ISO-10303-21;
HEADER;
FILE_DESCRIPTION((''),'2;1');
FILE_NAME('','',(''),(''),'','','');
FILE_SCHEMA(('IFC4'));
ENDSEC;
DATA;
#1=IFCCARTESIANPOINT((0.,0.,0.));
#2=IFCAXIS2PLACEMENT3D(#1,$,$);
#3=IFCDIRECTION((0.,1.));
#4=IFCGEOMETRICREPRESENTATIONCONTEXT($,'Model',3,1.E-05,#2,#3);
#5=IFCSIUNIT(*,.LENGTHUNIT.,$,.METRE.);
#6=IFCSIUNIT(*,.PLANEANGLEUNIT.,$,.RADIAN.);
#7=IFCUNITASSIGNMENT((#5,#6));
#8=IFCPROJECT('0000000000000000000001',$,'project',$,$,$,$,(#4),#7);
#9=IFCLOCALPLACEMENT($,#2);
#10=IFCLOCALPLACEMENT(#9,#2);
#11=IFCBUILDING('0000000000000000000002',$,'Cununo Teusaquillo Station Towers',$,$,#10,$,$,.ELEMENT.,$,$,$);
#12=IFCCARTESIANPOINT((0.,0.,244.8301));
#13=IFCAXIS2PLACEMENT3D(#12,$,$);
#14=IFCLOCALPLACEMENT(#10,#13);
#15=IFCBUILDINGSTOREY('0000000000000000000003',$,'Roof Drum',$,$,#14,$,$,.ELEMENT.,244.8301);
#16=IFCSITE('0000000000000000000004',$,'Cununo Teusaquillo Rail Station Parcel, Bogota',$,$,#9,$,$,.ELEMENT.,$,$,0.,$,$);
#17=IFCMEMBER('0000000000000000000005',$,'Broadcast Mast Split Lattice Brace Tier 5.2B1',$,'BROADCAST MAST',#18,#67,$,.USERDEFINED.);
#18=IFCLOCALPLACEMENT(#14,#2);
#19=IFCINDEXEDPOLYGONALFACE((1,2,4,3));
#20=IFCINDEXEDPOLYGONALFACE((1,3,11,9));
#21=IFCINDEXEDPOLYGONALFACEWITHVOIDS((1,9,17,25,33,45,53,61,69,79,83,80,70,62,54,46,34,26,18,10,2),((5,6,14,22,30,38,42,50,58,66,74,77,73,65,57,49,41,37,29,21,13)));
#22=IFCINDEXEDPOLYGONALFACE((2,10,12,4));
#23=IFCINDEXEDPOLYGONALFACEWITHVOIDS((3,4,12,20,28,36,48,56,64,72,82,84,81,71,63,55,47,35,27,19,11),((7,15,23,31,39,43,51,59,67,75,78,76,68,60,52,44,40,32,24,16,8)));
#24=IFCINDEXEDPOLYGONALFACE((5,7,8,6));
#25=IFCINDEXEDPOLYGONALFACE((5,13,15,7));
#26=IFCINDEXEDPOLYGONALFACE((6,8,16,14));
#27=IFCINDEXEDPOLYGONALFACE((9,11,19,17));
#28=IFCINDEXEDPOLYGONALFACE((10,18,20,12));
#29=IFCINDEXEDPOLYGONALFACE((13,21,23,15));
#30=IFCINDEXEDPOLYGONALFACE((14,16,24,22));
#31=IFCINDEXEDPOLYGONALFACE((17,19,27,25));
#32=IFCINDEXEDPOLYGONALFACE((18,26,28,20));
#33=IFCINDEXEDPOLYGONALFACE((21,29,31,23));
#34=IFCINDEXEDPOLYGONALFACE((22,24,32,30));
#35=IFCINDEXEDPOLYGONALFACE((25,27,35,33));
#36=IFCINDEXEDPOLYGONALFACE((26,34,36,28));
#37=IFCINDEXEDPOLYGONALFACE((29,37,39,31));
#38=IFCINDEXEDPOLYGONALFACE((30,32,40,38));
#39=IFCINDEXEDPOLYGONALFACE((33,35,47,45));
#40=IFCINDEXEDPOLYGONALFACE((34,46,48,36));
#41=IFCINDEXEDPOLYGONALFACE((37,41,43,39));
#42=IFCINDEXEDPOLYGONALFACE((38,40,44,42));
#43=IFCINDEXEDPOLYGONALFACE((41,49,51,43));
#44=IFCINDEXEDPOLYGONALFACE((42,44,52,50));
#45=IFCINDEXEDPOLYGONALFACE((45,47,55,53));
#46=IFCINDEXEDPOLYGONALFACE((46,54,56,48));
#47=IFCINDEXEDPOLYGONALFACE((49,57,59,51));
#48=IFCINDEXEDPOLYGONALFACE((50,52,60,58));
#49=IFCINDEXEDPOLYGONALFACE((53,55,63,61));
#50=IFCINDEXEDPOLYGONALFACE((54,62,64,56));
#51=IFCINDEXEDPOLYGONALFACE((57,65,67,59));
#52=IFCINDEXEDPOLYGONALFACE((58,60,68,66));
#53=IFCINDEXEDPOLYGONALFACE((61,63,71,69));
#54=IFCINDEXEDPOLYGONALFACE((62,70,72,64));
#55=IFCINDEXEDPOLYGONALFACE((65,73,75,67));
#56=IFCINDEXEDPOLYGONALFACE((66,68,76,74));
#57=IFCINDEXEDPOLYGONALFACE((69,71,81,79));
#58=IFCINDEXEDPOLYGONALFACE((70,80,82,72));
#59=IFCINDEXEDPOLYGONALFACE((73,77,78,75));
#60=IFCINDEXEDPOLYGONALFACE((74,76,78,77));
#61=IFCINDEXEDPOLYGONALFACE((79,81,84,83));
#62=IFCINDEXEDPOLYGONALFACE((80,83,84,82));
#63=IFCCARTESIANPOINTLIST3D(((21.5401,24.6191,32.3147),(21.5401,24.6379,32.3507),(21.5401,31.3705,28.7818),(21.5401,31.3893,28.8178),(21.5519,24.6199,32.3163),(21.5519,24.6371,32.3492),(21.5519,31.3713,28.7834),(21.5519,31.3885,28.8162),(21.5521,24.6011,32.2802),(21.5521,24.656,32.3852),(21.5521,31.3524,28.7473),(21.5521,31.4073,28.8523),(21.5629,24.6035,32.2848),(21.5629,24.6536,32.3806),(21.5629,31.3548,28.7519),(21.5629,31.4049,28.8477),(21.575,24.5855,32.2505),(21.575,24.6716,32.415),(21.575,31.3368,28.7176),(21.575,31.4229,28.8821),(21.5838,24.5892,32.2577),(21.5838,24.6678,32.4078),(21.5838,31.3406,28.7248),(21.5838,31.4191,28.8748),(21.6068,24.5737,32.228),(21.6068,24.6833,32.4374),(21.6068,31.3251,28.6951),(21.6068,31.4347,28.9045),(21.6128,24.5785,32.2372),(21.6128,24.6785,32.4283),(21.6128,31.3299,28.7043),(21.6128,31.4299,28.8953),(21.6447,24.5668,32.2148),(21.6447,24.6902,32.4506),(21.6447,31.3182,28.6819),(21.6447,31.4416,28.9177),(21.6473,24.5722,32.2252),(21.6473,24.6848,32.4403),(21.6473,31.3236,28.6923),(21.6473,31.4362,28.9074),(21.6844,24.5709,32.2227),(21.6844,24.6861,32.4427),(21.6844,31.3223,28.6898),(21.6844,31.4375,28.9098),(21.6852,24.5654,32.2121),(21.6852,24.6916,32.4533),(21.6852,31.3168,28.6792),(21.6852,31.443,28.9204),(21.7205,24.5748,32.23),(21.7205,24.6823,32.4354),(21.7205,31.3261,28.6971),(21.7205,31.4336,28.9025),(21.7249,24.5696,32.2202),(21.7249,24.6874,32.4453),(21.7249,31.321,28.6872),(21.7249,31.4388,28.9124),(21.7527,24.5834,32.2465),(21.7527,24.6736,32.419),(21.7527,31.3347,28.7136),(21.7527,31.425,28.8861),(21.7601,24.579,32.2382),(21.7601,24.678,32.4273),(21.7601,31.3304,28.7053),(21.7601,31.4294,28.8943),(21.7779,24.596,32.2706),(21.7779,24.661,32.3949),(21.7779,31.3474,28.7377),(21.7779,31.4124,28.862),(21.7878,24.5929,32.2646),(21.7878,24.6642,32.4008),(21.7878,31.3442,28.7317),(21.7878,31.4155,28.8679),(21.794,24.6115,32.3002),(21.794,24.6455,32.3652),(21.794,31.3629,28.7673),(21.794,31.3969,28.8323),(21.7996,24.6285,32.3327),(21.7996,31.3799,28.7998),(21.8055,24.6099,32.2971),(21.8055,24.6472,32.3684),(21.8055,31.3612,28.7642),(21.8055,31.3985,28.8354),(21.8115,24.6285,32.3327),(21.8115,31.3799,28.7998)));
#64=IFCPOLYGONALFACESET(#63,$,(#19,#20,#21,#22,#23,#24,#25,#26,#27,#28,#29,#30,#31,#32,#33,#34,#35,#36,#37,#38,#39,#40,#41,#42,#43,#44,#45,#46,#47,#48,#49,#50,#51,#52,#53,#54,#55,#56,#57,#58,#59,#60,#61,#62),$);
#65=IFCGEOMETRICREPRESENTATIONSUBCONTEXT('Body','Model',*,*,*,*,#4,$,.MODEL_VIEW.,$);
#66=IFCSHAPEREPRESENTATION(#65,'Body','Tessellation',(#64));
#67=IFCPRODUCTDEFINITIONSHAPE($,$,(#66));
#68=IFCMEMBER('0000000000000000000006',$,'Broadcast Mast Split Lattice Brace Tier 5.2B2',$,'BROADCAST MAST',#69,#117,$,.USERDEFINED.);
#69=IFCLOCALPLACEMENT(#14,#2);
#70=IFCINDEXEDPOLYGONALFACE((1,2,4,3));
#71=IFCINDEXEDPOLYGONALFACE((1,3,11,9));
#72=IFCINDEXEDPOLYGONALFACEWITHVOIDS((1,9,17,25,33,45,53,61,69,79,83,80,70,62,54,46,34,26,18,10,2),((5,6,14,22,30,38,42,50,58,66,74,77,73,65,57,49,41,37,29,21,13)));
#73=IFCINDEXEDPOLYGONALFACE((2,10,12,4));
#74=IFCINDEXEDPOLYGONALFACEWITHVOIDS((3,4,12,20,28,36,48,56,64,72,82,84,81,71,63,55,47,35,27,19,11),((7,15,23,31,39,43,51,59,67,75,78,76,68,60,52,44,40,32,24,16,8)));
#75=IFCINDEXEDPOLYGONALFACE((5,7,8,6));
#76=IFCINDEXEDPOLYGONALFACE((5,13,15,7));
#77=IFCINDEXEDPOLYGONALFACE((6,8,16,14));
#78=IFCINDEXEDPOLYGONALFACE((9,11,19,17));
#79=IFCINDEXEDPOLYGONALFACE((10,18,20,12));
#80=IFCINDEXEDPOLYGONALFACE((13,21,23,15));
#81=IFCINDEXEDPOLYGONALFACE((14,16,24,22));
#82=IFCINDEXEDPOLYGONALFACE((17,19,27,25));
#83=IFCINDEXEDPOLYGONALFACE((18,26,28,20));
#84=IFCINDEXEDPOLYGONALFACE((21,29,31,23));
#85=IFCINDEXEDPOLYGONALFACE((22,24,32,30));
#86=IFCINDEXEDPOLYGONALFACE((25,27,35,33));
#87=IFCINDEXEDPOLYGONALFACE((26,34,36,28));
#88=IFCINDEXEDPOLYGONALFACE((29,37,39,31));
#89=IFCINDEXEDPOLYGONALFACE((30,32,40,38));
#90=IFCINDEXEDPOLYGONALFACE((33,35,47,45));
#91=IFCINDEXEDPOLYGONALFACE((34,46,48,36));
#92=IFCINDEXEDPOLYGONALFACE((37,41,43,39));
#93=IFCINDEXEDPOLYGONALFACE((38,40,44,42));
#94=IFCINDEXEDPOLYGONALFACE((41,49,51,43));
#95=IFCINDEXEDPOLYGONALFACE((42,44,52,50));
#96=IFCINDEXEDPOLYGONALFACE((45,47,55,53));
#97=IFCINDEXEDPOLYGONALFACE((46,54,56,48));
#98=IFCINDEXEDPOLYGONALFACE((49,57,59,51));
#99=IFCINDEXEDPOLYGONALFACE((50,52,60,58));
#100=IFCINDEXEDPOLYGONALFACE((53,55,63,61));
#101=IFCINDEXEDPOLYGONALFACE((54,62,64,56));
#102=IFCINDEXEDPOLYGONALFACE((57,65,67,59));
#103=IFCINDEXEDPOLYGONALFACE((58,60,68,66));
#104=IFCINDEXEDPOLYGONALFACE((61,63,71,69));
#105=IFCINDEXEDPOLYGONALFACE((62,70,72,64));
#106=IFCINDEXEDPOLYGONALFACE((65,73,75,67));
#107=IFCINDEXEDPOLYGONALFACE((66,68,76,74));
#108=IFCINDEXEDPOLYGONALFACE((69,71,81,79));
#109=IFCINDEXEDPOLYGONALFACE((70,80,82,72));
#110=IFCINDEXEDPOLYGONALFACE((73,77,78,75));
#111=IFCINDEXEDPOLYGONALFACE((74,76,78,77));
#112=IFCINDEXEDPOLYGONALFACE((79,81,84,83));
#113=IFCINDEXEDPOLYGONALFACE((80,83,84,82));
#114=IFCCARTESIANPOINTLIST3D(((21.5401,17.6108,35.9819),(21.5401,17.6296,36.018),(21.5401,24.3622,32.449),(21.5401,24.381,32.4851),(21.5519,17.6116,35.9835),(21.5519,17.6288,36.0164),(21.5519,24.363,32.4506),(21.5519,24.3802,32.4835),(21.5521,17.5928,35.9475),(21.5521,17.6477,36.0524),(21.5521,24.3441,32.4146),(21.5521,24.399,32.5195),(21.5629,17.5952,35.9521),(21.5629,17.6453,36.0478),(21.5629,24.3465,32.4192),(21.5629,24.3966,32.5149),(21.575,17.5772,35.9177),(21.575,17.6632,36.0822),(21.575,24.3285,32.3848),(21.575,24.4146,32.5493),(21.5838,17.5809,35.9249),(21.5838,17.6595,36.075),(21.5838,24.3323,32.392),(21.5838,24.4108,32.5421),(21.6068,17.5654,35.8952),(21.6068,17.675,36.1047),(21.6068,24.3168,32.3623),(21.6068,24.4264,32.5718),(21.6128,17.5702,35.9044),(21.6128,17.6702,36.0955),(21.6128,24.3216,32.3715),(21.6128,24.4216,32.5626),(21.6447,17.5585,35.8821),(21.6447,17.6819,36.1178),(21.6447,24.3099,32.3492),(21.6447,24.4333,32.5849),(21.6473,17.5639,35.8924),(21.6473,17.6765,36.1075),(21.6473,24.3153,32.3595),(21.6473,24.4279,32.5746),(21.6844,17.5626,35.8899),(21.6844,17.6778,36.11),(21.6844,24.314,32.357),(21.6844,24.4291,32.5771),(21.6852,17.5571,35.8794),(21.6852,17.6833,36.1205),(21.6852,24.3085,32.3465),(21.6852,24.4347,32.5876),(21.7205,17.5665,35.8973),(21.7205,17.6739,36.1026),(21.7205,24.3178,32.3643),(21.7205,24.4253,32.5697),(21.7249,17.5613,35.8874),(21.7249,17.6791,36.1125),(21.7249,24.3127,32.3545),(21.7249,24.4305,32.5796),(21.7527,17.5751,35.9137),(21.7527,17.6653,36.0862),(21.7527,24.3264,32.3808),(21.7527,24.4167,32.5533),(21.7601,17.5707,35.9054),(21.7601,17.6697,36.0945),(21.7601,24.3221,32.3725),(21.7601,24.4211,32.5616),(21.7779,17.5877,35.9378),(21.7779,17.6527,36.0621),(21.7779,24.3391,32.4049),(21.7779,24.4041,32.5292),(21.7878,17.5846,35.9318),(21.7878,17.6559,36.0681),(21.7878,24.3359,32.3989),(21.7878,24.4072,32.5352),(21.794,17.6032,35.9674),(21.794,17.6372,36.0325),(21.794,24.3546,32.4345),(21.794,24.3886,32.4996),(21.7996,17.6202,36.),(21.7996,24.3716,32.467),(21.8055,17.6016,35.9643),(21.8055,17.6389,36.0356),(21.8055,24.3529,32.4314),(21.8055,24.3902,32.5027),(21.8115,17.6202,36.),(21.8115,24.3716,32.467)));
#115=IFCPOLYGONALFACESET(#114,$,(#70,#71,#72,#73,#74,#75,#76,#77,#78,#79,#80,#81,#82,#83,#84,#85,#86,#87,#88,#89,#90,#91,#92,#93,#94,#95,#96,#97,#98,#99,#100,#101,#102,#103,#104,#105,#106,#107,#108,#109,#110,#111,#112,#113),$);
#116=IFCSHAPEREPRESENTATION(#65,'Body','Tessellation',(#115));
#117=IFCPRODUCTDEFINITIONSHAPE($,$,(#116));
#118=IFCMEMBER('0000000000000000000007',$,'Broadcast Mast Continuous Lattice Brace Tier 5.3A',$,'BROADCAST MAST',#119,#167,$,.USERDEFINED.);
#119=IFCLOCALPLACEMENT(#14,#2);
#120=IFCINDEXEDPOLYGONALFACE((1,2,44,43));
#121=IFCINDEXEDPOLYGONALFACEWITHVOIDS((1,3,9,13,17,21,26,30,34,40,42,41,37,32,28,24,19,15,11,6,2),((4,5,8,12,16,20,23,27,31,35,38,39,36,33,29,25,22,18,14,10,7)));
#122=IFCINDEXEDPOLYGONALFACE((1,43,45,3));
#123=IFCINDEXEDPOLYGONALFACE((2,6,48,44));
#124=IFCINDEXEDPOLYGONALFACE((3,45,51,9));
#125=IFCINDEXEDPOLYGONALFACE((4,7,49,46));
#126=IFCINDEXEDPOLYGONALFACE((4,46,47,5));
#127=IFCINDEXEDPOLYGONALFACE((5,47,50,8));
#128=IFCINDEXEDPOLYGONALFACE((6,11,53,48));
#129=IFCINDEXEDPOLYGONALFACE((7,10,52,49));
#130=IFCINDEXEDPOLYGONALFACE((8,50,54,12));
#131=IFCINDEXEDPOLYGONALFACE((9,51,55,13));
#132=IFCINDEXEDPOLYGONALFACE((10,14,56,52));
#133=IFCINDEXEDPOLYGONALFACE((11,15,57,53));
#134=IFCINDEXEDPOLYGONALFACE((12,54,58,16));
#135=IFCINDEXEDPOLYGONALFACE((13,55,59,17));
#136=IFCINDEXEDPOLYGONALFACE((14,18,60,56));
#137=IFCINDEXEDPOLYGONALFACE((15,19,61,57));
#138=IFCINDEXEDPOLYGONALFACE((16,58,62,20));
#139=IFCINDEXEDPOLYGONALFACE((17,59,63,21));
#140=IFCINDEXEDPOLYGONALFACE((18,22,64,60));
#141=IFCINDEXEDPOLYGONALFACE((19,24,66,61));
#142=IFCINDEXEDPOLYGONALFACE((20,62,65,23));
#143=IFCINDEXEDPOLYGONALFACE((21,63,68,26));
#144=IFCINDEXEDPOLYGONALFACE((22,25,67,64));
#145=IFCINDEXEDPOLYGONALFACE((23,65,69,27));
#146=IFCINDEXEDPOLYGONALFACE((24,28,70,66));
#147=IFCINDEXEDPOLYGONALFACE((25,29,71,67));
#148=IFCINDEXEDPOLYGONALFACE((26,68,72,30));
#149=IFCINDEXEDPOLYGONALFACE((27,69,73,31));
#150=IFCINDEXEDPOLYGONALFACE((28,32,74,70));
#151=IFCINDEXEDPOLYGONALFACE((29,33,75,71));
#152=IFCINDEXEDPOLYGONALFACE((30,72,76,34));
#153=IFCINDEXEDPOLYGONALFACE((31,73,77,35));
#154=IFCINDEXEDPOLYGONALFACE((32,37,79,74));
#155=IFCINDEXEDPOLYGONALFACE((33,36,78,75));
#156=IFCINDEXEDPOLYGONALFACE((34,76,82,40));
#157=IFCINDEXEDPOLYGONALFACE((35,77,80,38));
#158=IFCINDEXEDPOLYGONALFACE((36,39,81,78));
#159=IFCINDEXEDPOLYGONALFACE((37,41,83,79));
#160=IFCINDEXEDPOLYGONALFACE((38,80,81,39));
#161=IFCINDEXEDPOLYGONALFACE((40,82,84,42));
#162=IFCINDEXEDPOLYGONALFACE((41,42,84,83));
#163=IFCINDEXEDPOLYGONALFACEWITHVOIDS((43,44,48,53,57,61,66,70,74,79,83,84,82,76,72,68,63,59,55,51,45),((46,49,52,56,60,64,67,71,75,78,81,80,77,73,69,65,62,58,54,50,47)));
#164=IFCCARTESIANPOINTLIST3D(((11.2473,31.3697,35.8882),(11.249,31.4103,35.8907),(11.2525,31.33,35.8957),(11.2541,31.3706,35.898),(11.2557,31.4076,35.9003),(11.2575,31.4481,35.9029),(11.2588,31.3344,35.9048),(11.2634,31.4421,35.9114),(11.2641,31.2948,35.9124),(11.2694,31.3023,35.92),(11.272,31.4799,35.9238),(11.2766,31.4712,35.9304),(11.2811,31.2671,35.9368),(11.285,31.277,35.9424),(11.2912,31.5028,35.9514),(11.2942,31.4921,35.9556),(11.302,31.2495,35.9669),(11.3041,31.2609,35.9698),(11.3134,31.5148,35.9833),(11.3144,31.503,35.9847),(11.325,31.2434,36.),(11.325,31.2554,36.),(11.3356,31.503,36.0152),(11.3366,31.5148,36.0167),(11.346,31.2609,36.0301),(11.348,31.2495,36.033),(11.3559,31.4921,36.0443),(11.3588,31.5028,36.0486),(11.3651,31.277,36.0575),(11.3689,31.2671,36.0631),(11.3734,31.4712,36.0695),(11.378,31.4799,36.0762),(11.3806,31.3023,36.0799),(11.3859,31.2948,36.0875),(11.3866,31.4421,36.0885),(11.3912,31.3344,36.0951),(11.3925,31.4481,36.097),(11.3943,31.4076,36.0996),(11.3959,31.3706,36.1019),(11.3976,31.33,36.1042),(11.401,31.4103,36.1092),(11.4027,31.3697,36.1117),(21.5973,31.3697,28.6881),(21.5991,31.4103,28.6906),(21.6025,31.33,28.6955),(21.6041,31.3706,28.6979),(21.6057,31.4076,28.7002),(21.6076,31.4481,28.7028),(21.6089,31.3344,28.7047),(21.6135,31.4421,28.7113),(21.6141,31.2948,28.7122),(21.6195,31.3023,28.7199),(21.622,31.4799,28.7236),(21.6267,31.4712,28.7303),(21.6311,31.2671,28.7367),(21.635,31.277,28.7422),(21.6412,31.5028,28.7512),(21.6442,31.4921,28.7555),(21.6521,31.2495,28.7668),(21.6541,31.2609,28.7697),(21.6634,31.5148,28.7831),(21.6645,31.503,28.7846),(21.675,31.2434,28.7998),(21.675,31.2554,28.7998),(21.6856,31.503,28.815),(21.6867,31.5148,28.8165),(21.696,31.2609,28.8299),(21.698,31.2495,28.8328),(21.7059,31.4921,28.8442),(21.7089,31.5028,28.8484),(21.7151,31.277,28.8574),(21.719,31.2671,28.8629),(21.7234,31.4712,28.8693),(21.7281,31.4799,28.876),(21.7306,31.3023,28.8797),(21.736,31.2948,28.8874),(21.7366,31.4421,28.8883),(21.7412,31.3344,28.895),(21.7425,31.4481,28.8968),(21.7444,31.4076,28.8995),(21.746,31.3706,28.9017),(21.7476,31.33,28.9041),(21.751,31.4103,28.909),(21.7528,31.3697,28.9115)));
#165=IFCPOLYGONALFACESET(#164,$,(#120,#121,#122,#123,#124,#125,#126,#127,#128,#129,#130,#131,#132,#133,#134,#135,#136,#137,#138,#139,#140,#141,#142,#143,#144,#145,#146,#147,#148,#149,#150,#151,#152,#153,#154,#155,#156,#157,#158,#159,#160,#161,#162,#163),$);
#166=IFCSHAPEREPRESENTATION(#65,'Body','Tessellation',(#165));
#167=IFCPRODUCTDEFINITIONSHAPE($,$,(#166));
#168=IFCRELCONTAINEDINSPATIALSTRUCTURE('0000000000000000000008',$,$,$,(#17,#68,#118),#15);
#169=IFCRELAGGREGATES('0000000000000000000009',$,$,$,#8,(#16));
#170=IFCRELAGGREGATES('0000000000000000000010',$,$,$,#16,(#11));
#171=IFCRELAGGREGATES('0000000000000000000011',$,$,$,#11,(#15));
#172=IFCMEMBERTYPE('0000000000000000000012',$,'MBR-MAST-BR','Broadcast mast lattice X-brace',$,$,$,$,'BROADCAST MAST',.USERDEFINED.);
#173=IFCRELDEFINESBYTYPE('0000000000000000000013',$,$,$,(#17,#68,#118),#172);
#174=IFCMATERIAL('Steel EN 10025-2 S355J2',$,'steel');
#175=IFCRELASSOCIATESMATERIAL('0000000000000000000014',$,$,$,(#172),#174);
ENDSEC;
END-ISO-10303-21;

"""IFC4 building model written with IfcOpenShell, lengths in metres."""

from ifc_helpers import new_model, si_unit, direction, frame, origin, origin_2d, place, context, subcontext, project, spatial, hollow_circle, extrude, material, material_profile, profile_set, type_object, element, save


model = new_model("IFC4")

# Units and contexts
model_context = context("Model", 3, precision=1e-05, world=origin(), true_north=direction((0.0, 1.0)))
body_context = subcontext(model_context, "Body", "Model", "MODEL_VIEW")
ifc_project = project(units=[si_unit("LENGTHUNIT", "METRE"), si_unit("PLANEANGLEUNIT", "RADIAN")], contexts=[model_context])

# Site, building, storey
site_placement = place(None, origin())
site = spatial("IfcSite", under=ifc_project, at=site_placement, Name="Cununo Teusaquillo Rail Station Parcel, Bogota", CompositionType="ELEMENT", RefElevation=0.0)
building_placement = place(site_placement, origin())
building = spatial("IfcBuilding", under=site, at=building_placement, Name="Cununo Teusaquillo Station Towers", CompositionType="ELEMENT")
storey_placement = place(building_placement, frame((0.0, 0.0, 244.8301)))
storey = spatial("IfcBuildingStorey", under=building, at=storey_placement, Name="Roof Drum", CompositionType="ELEMENT", Elevation=244.8301)

# Members
ifc_material_1 = material(Name="Steel EN 10025-2 S355J2", Category="steel")
ifc_material_profile_1 = material_profile(ifc_material_1, hollow_circle(Radius=0.1365, WallThickness=0.012, at=origin_2d()), Name="CHS 273x12")
ifc_profile_set_1 = profile_set([ifc_material_profile_1], Name="Steel EN 10025-2 S355J2")
member_type_1 = type_object("IfcMemberType", Name="MBR-MAST-BR", Description="Broadcast mast lattice X-brace", ElementType="BROADCAST MAST", PredefinedType="USERDEFINED", material=ifc_profile_set_1)
for number, where, z_axis, x_axis, name in (
    (1, (21.675, 31.3799, 28.7998), (0.0, -0.886021, 0.463644), (1.0, 0.0, 0.0), "Broadcast Mast Split Lattice Brace Tier 5.2B1"),
    (2, (21.675, 24.3716, 32.467), (0.0, -0.886021, 0.463644), (1.0, 0.0, 0.0), "Broadcast Mast Split Lattice Brace Tier 5.2B2"),
):
    element("IfcMember", number, at=place(storey_placement, frame(where, z_axis=z_axis, x_axis=x_axis)), inside=storey, type_object=member_type_1, Name=name, ObjectType="BROADCAST MAST", PredefinedType="USERDEFINED", context=body_context, shape_type="SweptSolid", body=[
        extrude(hollow_circle(Radius=0.1365, WallThickness=0.012, at=origin_2d()), origin(), (0.0, 0.0, 1.0), 7.6199),
    ])
member_1_placement = place(storey_placement, frame((21.675, 31.3799, 28.7998), z_axis=(-0.8209, 0.0, 0.571071), x_axis=(0.0, -1.0, 0.0)))
element("IfcMember", 3, at=member_1_placement, inside=storey, type_object=member_type_1, Name="Broadcast Mast Continuous Lattice Brace Tier 5.3A", ObjectType="BROADCAST MAST", PredefinedType="USERDEFINED", context=body_context, shape_type="SweptSolid", body=[
    extrude(hollow_circle(Radius=0.1365, WallThickness=0.012, at=origin_2d()), origin(), (0.0, 0.0, 1.0), 12.6082),
])

save(model, "model.ifc")
